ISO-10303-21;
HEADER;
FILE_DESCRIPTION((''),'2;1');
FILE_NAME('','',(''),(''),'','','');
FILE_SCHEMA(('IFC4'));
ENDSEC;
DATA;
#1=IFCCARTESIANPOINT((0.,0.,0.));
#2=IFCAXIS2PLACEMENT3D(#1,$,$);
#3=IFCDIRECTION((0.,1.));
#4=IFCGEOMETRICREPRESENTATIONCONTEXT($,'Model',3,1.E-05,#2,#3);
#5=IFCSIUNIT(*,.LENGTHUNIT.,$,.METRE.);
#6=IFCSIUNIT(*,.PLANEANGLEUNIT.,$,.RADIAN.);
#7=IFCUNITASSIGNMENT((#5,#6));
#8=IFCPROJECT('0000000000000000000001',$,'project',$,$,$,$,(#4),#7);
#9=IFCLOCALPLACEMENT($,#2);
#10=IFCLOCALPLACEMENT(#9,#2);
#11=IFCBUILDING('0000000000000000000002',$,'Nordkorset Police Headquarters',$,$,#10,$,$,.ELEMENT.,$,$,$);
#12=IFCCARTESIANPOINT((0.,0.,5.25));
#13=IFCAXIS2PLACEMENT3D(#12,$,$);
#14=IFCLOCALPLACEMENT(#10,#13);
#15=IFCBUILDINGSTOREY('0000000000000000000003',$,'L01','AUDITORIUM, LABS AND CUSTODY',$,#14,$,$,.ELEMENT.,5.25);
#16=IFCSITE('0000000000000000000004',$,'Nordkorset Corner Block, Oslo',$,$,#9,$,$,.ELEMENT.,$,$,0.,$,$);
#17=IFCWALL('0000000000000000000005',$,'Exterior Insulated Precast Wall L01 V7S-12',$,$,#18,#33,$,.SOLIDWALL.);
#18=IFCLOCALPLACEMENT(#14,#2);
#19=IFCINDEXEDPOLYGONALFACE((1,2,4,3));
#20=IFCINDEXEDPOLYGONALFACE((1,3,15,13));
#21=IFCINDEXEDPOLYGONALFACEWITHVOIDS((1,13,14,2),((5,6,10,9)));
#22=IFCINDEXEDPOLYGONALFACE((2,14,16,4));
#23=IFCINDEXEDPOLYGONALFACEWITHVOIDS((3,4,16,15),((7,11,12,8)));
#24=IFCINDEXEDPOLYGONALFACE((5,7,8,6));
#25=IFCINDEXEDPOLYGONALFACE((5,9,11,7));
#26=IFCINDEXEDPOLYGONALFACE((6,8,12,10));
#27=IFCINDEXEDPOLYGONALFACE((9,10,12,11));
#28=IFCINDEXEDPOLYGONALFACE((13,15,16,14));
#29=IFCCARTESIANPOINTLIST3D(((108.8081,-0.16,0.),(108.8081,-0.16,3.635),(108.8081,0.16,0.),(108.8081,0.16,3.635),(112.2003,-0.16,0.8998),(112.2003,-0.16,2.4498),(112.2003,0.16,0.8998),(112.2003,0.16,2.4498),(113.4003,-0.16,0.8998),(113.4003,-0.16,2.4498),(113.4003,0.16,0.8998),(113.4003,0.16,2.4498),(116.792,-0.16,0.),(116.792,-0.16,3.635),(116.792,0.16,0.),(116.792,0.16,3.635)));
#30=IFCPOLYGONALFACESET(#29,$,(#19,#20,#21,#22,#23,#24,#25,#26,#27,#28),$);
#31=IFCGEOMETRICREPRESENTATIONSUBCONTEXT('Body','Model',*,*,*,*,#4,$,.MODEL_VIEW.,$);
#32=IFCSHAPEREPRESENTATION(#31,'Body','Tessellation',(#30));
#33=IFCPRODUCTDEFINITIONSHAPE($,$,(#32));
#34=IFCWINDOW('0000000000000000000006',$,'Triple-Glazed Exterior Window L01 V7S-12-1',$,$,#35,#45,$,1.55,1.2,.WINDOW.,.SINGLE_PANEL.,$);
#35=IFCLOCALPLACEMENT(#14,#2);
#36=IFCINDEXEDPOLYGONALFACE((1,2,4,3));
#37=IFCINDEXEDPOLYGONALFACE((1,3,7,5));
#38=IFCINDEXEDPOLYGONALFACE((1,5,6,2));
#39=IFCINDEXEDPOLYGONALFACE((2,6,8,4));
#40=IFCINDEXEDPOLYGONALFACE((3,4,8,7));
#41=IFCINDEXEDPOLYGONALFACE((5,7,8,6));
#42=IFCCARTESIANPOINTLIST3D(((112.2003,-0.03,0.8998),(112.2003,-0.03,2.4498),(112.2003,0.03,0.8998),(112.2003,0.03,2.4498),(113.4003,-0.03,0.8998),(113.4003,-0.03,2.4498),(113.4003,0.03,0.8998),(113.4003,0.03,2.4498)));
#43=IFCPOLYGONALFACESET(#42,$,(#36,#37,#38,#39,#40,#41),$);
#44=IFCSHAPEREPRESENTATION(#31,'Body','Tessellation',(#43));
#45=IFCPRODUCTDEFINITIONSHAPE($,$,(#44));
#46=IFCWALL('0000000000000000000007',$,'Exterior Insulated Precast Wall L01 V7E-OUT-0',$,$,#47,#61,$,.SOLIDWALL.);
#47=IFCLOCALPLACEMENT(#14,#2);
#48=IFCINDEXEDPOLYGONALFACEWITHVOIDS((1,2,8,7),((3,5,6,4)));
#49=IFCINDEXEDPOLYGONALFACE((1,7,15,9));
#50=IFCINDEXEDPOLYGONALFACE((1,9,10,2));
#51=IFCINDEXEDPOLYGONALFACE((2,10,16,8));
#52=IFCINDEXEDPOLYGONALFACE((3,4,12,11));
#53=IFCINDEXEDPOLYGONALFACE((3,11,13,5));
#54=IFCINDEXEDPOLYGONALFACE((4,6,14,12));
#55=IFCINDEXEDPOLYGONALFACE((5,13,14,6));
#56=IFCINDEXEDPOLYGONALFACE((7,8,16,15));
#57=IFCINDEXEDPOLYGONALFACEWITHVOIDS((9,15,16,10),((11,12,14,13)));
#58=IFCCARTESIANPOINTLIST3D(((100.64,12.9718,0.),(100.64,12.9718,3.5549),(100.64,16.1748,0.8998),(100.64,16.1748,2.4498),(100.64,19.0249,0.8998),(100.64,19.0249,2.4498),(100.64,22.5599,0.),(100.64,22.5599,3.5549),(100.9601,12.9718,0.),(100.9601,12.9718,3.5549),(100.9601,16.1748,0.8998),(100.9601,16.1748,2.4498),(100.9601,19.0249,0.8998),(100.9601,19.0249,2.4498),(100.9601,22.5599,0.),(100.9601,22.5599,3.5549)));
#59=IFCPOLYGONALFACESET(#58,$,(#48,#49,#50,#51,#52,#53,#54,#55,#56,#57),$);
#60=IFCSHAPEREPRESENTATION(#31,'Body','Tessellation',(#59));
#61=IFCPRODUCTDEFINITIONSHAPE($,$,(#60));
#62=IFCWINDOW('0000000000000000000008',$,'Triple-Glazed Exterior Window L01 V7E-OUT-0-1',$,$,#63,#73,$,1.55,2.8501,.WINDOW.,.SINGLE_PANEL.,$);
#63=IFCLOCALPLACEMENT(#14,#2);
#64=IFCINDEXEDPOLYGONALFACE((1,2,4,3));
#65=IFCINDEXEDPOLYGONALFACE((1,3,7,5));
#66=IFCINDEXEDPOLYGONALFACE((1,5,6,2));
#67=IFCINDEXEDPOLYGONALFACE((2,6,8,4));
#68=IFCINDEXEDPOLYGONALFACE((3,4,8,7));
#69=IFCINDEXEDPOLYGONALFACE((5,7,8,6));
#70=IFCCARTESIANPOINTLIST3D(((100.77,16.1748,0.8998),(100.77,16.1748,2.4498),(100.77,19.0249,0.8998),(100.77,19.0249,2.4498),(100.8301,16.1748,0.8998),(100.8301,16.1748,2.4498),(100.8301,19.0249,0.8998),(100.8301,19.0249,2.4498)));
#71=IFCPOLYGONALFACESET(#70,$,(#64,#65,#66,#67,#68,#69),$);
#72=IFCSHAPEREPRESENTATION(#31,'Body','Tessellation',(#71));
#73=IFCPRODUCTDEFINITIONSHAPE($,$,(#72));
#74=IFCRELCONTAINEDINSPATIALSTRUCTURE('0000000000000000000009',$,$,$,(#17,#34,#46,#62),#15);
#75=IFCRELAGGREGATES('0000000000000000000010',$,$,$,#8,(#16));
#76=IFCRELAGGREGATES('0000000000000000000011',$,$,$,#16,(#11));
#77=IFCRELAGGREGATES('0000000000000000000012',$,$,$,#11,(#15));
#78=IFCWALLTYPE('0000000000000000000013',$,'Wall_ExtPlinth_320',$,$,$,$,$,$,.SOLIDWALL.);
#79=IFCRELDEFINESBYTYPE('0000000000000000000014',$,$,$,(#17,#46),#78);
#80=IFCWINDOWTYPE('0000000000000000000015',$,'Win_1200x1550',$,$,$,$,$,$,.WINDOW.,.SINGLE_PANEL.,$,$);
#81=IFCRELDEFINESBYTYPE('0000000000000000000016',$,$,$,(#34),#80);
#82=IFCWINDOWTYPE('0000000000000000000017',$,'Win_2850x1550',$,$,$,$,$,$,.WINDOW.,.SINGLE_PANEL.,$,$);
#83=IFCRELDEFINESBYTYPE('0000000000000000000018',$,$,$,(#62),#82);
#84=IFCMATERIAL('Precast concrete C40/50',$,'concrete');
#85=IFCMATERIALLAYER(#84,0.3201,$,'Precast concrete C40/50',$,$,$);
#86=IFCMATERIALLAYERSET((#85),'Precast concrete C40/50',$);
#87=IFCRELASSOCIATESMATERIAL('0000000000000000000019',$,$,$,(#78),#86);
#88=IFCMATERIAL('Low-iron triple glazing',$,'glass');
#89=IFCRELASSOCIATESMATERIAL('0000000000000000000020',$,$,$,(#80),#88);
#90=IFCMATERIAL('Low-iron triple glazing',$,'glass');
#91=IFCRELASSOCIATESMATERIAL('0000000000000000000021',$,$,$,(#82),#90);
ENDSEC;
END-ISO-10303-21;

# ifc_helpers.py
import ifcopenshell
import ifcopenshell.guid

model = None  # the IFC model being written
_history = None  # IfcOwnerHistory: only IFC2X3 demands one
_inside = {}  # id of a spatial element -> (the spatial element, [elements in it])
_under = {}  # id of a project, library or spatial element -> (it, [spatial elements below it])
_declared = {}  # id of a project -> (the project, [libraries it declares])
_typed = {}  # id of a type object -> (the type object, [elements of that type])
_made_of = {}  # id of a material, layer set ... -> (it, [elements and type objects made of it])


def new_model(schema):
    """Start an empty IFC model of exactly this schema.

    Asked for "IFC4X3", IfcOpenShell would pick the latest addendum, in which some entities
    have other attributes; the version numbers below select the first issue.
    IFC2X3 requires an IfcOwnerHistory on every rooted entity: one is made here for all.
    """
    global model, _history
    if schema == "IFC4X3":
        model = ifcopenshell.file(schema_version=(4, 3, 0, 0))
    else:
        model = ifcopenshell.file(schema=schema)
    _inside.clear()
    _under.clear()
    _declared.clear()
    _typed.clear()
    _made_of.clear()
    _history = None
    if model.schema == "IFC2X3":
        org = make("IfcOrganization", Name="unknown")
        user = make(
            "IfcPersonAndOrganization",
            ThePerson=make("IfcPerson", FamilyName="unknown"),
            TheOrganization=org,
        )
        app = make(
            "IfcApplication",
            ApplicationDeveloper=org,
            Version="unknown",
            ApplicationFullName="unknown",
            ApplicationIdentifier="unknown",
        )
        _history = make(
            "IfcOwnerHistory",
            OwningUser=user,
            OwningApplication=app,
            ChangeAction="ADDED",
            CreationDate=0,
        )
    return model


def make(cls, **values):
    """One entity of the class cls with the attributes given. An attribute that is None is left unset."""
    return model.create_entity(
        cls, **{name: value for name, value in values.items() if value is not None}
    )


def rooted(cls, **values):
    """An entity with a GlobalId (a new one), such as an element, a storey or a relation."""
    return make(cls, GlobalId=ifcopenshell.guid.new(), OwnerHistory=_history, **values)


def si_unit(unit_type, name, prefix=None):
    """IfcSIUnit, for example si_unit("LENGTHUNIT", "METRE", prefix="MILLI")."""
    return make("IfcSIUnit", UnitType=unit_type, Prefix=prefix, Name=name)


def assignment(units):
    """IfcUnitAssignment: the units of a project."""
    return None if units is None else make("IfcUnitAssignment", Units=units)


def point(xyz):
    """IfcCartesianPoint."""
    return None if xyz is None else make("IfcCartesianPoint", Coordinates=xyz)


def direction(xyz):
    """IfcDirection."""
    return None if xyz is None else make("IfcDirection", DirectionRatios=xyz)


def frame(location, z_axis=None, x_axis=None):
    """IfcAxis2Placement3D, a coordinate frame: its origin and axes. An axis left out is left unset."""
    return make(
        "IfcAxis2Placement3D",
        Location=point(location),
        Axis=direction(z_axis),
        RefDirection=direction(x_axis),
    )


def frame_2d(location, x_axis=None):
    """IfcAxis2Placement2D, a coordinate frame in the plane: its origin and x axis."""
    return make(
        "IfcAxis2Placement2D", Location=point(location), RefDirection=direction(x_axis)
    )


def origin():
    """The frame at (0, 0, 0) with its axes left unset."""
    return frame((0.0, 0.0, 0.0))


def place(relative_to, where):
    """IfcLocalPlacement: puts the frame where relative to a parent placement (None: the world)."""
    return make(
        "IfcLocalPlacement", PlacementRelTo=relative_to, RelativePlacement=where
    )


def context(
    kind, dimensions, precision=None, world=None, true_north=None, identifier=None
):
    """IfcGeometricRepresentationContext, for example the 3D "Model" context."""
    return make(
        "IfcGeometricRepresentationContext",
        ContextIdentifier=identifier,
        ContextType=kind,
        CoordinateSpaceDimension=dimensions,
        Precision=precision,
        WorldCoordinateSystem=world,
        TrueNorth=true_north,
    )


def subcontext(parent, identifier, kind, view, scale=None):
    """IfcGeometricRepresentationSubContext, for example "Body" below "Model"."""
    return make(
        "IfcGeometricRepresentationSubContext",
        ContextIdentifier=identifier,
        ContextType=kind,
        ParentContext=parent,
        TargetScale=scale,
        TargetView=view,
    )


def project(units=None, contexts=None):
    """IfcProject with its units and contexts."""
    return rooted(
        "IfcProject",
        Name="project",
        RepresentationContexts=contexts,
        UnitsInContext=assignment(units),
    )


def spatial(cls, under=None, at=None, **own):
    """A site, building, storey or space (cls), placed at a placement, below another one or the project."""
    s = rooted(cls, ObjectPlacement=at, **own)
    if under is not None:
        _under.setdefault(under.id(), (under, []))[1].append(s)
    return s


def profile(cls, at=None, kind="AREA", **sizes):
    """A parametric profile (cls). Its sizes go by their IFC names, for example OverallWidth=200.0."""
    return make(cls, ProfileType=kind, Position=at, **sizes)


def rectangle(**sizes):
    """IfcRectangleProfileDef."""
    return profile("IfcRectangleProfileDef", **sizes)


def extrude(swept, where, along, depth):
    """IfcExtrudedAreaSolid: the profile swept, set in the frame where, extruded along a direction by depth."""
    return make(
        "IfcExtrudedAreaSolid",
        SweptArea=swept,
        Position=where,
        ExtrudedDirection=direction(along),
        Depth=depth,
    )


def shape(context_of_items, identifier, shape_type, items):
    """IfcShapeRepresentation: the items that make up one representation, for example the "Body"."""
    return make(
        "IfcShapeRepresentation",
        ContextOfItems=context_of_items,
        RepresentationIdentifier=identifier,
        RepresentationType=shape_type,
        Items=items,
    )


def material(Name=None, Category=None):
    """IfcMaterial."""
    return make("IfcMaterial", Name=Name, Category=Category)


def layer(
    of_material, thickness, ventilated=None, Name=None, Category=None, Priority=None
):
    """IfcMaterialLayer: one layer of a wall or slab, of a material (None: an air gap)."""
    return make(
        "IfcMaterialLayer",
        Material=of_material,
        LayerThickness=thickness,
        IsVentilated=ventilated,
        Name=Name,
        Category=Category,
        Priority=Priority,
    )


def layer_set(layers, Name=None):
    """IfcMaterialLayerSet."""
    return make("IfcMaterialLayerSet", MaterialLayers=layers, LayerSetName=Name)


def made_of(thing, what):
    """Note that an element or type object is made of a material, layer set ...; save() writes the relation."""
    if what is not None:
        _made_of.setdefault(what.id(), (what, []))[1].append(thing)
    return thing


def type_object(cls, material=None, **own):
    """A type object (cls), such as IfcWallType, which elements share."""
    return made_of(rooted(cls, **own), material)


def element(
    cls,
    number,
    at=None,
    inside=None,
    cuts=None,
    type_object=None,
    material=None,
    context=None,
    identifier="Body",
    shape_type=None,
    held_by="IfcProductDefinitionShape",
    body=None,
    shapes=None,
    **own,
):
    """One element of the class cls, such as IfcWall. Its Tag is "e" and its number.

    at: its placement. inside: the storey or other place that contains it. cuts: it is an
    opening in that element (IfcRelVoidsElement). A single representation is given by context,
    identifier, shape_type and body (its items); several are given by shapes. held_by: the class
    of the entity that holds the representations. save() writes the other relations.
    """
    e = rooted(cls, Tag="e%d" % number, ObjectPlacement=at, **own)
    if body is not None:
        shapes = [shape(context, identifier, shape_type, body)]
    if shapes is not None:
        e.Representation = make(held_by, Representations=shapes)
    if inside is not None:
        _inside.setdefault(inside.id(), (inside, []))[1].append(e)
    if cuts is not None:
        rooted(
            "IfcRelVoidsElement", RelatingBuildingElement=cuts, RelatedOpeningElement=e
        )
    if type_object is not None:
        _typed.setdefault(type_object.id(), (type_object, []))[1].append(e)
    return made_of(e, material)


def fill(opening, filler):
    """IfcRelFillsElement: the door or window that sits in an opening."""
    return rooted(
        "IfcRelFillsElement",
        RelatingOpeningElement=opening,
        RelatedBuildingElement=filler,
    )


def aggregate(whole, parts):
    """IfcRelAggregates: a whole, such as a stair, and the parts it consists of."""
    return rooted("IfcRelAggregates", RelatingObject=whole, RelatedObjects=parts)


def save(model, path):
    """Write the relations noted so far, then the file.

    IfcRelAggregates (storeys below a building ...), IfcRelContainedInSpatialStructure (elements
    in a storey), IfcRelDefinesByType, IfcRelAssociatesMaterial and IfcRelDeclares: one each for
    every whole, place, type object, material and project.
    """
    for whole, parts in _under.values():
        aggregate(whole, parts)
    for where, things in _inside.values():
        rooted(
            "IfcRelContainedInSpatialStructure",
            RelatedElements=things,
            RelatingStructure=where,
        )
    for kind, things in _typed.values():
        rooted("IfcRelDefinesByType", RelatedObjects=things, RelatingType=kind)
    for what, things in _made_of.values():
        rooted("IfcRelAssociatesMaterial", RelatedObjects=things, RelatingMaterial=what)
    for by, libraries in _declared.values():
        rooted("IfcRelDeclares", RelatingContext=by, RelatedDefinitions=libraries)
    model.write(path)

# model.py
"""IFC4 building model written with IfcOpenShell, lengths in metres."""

from ifc_helpers import new_model, si_unit, direction, frame, frame_2d, origin, place, context, subcontext, project, spatial, rectangle, extrude, material, layer, layer_set, type_object, element, fill, save


model = new_model("IFC4")

# Units and contexts
model_context = context("Model", 3, precision=1e-05, world=origin(), true_north=direction((0.0, 1.0)))
body_context = subcontext(model_context, "Body", "Model", "MODEL_VIEW")
ifc_project = project(units=[si_unit("LENGTHUNIT", "METRE"), si_unit("PLANEANGLEUNIT", "RADIAN")], contexts=[model_context])

# Site, building, storey
site_placement = place(None, origin())
site = spatial("IfcSite", under=ifc_project, at=site_placement, Name="Nordkorset Corner Block, Oslo", CompositionType="ELEMENT", RefElevation=0.0)
building_placement = place(site_placement, origin())
building = spatial("IfcBuilding", under=site, at=building_placement, Name="Nordkorset Police Headquarters", CompositionType="ELEMENT")
storey_placement = place(building_placement, frame((0.0, 0.0, 5.25)))
storey = spatial("IfcBuildingStorey", under=building, at=storey_placement, Name="L01", Description="AUDITORIUM, LABS AND CUSTODY", CompositionType="ELEMENT", Elevation=5.25)

# Shared definitions
ifc_material_1 = material(Name="Precast concrete C40/50", Category="concrete")
ifc_layer_1 = layer(ifc_material_1, 0.3201, Name="Precast concrete C40/50")
ifc_layer_set_1 = layer_set([ifc_layer_1], Name="Precast concrete C40/50")
wall_type = type_object("IfcWallType", Name="Wall_ExtPlinth_320", PredefinedType="SOLIDWALL", material=ifc_layer_set_1)

# Walls, openings, windows
wall_1_placement = place(storey_placement, frame((108.8081, 0.0, 0.0), z_axis=(0.0, 0.0, 1.0), x_axis=(1.0, 0.0, 0.0)))
wall_1 = element("IfcWall", 1, at=wall_1_placement, inside=storey, type_object=wall_type, Name="Exterior Insulated Precast Wall L01 V7S-12", PredefinedType="SOLIDWALL", context=body_context, shape_type="SweptSolid", body=[
    extrude(rectangle(XDim=7.9839, YDim=0.3201, at=frame_2d((3.9919, 0.0))), origin(), (0.0, 0.0, 1.0), 3.635),
])
opening_1_placement = place(wall_1_placement, frame((3.3921, 0.0, 0.8999)))
opening_1 = element("IfcOpeningElement", 2, at=opening_1_placement, cuts=wall_1, PredefinedType="OPENING", context=body_context, shape_type="SweptSolid", body=[
    extrude(rectangle(XDim=1.2, YDim=1.55, at=frame_2d((0.6001, 0.7749))), frame((0.0, 0.1699, 0.0), z_axis=(0.0, -1.0, 0.0), x_axis=(1.0, 0.0, 0.0)), (0.0, 0.0, 1.0), 0.3401),
])
ifc_material_2 = material(Name="Low-iron triple glazing", Category="glass")
window_type_1 = type_object("IfcWindowType", Name="Win_1200x1550", PartitioningType="SINGLE_PANEL", PredefinedType="WINDOW", material=ifc_material_2)
window_1_placement = place(opening_1_placement, origin())
window_1 = element("IfcWindow", 3, at=window_1_placement, inside=storey, type_object=window_type_1, Name="Triple-Glazed Exterior Window L01 V7S-12-1", OverallHeight=1.55, OverallWidth=1.2, PartitioningType="SINGLE_PANEL", PredefinedType="WINDOW", context=body_context, shape_type="SweptSolid", body=[
    extrude(rectangle(XDim=1.2, YDim=1.55, at=frame_2d((0.6001, 0.7749))), frame((0.0, 0.03, 0.0), z_axis=(0.0, -1.0, 0.0), x_axis=(1.0, 0.0, 0.0)), (0.0, 0.0, 1.0), 0.0601),
])
fill(opening_1, window_1)
wall_2_placement = place(storey_placement, frame((100.8, 12.9719, 0.0), z_axis=(0.0, 0.0, 1.0), x_axis=(0.0, 1.0, 0.0)))
wall_2 = element("IfcWall", 4, at=wall_2_placement, inside=storey, type_object=wall_type, Name="Exterior Insulated Precast Wall L01 V7E-OUT-0", PredefinedType="SOLIDWALL", context=body_context, shape_type="SweptSolid", body=[
    extrude(rectangle(XDim=9.5881, YDim=0.3201, at=frame_2d((4.7939, 0.0))), origin(), (0.0, 0.0, 1.0), 3.5549),
])
opening_2_placement = place(wall_2_placement, frame((3.2029, 0.0, 0.8999)))
opening_2 = element("IfcOpeningElement", 5, at=opening_2_placement, cuts=wall_2, PredefinedType="OPENING", context=body_context, shape_type="SweptSolid", body=[
    extrude(rectangle(XDim=2.8501, YDim=1.55, at=frame_2d((1.425, 0.7749))), frame((0.0, 0.1699, 0.0), z_axis=(0.0, -1.0, 0.0), x_axis=(1.0, 0.0, 0.0)), (0.0, 0.0, 1.0), 0.3401),
])
ifc_material_3 = material(Name="Low-iron triple glazing", Category="glass")
window_type_2 = type_object("IfcWindowType", Name="Win_2850x1550", PartitioningType="SINGLE_PANEL", PredefinedType="WINDOW", material=ifc_material_3)
window_2_placement = place(opening_2_placement, origin())
window_2 = element("IfcWindow", 6, at=window_2_placement, inside=storey, type_object=window_type_2, Name="Triple-Glazed Exterior Window L01 V7E-OUT-0-1", OverallHeight=1.55, OverallWidth=2.8501, PartitioningType="SINGLE_PANEL", PredefinedType="WINDOW", context=body_context, shape_type="SweptSolid", body=[
    extrude(rectangle(XDim=2.8501, YDim=1.55, at=frame_2d((1.425, 0.7749))), frame((0.0, 0.03, 0.0), z_axis=(0.0, -1.0, 0.0), x_axis=(1.0, 0.0, 0.0)), (0.0, 0.0, 1.0), 0.0601),
])
fill(opening_2, window_2)

save(model, "model.ifc")
